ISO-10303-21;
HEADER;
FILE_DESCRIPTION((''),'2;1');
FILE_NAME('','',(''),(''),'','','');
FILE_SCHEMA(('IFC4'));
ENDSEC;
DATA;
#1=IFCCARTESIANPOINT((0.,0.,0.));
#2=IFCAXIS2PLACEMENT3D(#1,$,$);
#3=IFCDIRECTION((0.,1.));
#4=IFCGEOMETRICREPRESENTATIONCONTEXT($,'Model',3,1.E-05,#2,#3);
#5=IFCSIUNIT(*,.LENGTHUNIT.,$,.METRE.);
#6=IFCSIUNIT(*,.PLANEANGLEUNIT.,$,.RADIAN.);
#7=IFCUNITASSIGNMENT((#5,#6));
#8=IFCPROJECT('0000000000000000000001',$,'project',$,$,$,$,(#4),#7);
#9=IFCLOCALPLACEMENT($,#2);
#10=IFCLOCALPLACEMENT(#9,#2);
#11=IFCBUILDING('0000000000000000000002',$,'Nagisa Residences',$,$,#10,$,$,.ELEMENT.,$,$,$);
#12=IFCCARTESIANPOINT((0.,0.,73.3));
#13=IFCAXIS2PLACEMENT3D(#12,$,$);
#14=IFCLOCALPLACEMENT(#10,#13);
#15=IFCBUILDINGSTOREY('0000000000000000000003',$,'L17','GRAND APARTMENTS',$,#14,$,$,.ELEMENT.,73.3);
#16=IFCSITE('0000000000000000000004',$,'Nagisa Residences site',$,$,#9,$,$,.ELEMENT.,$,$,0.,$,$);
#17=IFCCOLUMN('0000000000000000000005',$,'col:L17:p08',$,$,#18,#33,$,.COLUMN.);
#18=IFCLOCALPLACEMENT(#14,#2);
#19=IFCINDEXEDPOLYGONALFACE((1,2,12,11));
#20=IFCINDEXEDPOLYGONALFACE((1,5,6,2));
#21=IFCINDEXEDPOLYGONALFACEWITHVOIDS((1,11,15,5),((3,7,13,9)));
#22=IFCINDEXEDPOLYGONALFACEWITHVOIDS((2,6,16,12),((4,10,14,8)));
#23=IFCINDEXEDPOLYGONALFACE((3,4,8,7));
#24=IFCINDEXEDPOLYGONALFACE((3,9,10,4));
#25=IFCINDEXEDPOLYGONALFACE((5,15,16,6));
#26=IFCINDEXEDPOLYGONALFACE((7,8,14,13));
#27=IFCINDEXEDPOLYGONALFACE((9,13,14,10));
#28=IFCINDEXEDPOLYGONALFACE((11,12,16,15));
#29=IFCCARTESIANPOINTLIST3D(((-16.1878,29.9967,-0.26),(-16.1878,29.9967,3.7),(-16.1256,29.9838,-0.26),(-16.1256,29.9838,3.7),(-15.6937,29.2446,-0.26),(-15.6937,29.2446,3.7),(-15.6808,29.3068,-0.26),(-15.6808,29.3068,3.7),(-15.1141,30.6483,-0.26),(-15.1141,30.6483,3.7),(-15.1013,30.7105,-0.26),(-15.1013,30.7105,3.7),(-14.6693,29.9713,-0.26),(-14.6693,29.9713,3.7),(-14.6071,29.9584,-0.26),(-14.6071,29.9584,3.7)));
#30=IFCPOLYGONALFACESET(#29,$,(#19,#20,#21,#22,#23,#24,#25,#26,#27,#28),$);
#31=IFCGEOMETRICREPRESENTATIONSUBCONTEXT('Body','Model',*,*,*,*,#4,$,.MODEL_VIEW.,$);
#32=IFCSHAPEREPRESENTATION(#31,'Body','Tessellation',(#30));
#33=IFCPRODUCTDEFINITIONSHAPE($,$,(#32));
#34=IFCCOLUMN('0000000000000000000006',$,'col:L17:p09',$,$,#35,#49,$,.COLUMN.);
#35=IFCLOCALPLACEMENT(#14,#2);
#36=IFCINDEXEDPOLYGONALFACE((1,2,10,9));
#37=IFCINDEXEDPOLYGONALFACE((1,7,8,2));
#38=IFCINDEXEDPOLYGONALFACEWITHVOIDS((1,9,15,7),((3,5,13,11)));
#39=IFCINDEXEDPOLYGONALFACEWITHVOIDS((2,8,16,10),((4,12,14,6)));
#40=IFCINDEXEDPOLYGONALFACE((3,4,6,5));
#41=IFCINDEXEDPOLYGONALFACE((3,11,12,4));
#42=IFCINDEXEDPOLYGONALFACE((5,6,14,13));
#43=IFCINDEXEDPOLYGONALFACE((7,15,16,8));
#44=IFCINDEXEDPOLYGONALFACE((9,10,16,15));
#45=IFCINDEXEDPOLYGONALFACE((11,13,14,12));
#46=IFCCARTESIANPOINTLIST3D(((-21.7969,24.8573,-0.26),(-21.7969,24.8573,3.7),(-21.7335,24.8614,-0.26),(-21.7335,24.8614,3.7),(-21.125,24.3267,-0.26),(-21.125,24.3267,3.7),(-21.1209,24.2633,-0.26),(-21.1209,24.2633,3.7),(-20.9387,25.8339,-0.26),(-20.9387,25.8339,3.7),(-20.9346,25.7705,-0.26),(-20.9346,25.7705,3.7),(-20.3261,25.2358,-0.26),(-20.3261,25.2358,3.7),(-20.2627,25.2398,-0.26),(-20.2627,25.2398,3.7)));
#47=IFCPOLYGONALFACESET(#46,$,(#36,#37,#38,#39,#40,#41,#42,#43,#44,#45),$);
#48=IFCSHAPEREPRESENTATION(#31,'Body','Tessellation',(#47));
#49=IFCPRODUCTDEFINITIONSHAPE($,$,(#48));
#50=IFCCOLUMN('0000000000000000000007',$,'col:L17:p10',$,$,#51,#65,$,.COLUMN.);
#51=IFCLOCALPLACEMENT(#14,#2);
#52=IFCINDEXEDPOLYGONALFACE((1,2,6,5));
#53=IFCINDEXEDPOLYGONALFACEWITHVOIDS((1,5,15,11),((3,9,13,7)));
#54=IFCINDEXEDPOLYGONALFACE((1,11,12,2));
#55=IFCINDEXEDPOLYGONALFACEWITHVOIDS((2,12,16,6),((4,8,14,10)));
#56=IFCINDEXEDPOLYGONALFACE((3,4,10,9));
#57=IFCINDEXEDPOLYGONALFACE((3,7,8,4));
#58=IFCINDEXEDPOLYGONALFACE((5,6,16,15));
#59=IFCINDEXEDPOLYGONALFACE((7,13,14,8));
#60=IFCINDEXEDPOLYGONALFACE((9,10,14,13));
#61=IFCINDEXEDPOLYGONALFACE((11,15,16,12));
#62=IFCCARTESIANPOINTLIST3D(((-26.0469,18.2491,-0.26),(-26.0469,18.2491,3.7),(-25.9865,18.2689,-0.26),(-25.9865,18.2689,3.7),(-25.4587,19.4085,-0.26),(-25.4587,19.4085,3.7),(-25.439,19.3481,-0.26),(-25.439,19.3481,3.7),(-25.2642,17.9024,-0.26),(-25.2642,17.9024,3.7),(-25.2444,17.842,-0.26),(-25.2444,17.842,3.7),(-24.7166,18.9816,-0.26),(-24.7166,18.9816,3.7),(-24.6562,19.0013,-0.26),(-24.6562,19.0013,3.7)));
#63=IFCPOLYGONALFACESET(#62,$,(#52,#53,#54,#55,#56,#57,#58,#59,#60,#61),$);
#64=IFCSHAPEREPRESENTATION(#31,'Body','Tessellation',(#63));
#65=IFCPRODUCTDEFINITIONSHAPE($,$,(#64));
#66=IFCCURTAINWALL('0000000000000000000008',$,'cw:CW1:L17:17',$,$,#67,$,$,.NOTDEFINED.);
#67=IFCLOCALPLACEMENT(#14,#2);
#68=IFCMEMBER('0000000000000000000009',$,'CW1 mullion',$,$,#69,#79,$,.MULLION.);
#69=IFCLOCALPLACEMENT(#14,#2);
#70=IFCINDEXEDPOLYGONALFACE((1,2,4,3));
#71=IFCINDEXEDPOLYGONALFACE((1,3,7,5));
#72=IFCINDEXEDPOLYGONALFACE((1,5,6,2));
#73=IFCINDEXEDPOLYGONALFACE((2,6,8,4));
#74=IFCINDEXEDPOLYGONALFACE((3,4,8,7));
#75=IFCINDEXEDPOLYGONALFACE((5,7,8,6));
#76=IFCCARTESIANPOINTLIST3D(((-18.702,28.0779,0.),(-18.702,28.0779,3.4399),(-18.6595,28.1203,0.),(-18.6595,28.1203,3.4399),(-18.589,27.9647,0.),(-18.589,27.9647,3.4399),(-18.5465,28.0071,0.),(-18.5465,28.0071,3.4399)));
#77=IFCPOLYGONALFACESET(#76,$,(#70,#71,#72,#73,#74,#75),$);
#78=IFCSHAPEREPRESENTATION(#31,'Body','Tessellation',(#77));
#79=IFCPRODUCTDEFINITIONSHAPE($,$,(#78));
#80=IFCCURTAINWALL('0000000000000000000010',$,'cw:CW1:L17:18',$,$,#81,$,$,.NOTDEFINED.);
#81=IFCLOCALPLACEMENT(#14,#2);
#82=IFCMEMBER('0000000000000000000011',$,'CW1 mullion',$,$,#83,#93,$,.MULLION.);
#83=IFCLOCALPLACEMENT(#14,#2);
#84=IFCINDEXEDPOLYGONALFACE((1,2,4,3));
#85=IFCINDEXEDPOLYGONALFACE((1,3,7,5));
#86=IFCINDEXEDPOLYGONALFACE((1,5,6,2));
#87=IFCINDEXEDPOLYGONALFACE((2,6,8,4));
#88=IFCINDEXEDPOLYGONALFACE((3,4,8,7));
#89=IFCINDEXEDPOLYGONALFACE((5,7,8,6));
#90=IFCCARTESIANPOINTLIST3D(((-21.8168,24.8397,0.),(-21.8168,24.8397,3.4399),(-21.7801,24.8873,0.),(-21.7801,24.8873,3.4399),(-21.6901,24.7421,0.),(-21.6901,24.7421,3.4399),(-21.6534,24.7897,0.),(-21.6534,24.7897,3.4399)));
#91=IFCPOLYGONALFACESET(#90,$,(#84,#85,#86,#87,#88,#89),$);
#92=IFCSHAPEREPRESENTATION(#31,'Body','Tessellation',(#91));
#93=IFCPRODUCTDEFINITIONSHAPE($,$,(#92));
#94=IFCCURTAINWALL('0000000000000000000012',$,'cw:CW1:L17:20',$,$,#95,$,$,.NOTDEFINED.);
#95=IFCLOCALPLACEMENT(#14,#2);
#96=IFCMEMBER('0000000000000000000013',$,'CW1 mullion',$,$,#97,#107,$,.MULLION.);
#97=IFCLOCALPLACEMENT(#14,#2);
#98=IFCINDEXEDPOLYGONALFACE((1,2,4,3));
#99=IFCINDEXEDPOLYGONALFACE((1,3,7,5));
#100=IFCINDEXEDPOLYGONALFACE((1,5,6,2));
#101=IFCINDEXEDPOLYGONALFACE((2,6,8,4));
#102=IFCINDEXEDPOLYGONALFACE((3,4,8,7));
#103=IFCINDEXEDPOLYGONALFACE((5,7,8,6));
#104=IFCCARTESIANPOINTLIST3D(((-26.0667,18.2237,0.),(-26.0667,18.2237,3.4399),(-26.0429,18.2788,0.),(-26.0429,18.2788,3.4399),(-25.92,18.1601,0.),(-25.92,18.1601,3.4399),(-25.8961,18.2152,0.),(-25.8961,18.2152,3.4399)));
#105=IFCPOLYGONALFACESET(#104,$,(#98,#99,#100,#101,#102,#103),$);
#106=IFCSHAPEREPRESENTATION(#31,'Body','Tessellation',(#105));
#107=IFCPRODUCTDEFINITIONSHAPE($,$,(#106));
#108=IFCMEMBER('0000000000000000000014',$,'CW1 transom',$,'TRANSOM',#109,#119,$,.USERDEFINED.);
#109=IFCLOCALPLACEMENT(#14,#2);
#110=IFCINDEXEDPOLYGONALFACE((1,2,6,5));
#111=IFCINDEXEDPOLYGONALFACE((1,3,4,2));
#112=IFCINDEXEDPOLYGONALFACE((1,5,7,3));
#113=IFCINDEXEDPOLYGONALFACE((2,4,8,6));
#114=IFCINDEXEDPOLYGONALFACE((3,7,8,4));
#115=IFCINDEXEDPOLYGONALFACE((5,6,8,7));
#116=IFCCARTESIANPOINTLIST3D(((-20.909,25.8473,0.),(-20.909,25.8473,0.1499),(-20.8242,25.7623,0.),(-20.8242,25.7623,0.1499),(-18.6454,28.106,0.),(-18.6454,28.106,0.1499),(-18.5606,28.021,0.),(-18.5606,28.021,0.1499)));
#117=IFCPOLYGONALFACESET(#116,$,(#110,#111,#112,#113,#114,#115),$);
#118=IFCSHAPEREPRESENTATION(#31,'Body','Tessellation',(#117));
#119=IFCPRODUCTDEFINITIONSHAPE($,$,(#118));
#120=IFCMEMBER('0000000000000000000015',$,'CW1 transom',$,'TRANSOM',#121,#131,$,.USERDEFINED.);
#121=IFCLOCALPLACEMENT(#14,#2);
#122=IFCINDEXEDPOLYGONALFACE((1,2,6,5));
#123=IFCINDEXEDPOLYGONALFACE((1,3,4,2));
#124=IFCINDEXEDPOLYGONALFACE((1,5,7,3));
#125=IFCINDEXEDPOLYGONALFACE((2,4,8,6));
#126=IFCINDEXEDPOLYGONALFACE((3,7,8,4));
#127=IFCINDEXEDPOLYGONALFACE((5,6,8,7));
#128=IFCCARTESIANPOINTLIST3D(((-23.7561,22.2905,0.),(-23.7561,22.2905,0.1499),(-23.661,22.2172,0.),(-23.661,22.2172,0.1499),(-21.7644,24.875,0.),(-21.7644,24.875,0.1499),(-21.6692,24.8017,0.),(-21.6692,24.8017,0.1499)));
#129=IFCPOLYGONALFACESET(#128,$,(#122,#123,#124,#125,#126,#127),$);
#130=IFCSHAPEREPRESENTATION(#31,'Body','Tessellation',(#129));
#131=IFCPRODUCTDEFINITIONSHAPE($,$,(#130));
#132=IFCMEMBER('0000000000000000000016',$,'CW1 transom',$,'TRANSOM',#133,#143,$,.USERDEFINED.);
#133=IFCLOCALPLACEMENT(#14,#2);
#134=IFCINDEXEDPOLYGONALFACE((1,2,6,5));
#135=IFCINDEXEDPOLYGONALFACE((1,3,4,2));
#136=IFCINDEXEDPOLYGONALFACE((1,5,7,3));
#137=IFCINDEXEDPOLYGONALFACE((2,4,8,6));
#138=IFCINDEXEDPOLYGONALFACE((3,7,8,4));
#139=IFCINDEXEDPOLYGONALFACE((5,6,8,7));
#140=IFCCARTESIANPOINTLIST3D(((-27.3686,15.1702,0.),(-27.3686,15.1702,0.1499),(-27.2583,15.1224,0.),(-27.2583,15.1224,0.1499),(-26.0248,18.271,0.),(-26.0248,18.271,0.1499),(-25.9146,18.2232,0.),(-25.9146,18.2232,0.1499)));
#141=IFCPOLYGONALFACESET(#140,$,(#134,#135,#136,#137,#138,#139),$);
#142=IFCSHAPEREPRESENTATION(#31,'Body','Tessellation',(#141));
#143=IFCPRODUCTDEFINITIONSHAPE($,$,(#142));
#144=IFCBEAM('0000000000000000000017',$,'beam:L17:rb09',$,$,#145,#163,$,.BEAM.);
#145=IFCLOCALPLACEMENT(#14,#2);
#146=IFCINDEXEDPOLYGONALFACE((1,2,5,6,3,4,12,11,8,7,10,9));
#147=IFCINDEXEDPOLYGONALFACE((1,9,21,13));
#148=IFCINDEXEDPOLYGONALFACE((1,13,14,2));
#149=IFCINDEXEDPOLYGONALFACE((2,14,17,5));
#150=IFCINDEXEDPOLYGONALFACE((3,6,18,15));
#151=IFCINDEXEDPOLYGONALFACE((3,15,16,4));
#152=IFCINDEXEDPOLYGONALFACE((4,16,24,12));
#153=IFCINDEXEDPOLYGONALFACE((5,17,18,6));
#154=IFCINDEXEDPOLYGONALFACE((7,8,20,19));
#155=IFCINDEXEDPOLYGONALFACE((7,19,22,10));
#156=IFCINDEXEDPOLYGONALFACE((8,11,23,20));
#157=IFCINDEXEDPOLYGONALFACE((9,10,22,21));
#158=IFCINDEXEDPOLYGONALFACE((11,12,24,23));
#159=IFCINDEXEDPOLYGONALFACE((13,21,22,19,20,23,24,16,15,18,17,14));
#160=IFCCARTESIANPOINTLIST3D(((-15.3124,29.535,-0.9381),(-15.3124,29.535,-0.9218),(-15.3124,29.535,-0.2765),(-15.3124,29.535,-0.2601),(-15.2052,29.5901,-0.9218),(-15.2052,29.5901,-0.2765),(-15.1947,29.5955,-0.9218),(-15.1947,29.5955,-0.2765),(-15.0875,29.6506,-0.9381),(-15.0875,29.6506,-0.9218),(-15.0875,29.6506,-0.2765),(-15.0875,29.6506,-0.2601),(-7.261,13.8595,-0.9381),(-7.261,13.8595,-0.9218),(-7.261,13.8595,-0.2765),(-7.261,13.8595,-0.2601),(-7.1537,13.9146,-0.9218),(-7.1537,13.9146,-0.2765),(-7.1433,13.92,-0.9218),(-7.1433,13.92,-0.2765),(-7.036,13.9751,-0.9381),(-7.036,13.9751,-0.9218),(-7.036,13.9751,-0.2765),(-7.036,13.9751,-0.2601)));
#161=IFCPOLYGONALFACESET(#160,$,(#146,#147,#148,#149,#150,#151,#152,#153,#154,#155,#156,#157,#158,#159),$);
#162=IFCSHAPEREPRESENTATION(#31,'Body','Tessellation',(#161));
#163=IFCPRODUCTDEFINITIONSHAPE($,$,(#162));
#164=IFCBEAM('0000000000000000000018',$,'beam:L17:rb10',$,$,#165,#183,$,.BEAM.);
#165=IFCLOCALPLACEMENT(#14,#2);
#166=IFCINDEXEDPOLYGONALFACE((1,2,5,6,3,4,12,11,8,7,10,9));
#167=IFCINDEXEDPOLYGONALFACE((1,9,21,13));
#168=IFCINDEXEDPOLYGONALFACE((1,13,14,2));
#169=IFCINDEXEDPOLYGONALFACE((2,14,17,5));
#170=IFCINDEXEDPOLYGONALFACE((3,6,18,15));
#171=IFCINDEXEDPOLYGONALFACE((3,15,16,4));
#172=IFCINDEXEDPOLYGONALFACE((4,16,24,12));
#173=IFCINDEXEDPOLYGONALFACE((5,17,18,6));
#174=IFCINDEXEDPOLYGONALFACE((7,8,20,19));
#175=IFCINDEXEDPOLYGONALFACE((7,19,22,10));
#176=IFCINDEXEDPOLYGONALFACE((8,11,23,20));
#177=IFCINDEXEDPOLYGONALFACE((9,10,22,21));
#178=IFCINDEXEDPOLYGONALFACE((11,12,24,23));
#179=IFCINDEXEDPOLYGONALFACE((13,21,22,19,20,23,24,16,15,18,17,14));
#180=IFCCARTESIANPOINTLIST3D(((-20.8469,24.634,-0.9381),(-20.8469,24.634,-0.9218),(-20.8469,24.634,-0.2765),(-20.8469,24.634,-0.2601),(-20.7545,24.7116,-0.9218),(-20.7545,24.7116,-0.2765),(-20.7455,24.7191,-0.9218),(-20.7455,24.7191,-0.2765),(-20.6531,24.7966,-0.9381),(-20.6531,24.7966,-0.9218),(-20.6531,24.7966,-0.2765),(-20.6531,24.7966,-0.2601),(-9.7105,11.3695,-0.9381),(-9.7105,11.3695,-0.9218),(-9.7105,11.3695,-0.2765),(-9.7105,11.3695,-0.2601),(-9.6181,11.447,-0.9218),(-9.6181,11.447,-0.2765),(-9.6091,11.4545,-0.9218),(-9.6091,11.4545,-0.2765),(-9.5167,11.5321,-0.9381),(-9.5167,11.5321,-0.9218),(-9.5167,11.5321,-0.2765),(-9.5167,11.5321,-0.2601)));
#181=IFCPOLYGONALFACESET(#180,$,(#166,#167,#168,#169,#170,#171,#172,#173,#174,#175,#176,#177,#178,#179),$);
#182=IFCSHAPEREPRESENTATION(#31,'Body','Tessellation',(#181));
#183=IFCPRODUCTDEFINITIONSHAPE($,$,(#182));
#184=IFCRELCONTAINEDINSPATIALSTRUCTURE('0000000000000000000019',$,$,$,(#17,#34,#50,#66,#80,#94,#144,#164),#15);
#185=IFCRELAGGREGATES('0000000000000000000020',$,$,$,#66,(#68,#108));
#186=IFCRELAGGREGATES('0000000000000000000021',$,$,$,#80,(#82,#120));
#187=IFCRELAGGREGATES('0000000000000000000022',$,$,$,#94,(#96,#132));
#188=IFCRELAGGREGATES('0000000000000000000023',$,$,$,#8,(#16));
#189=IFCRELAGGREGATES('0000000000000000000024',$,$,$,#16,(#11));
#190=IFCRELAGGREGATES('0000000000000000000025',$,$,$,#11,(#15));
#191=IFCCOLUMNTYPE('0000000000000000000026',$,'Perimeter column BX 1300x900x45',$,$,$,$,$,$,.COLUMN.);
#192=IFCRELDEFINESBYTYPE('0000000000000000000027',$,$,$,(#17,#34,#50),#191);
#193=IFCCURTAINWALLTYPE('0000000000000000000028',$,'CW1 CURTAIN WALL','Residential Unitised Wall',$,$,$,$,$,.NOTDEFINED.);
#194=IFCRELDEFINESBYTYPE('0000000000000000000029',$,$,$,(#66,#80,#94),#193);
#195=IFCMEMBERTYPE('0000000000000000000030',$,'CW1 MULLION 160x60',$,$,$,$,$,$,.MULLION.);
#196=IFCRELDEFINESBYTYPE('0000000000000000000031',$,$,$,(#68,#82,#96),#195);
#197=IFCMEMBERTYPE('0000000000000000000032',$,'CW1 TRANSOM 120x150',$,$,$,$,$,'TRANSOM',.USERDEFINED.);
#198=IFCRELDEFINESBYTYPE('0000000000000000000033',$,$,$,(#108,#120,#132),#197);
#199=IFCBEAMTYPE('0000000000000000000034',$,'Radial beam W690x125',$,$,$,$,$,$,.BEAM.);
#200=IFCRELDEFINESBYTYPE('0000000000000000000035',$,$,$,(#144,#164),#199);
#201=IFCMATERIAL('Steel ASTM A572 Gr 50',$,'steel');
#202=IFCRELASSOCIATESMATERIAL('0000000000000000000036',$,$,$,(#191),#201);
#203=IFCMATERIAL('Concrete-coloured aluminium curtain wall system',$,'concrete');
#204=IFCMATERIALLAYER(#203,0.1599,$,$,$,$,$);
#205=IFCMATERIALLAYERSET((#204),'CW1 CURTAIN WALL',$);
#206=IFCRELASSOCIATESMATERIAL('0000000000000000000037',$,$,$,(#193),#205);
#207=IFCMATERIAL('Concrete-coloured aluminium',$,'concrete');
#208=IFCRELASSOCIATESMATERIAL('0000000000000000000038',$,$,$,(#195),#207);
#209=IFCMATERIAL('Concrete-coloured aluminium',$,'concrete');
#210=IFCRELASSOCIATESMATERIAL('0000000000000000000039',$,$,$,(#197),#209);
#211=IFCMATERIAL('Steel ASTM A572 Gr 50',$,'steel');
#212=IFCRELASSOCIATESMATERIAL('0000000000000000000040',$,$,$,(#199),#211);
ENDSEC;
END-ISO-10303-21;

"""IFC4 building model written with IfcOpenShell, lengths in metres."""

from ifc_helpers import new_model, si_unit, direction, frame, origin, origin_2d, place, context, subcontext, project, spatial, rectangle, hollow_rectangle, i_section, extrude, material, layer, layer_set, material_profile, profile_set, type_object, element, aggregate, save


model = new_model("IFC4")

# Units and contexts
model_context = context("Model", 3, precision=1e-05, world=origin(), true_north=direction((0.0, 1.0)))
body_context = subcontext(model_context, "Body", "Model", "MODEL_VIEW")
ifc_project = project(units=[si_unit("LENGTHUNIT", "METRE"), si_unit("PLANEANGLEUNIT", "RADIAN")], contexts=[model_context])

# Site, building, storey
site_placement = place(None, origin())
site = spatial("IfcSite", under=ifc_project, at=site_placement, Name="Nagisa Residences site", CompositionType="ELEMENT", RefElevation=0.0)
building_placement = place(site_placement, origin())
building = spatial("IfcBuilding", under=site, at=building_placement, Name="Nagisa Residences", CompositionType="ELEMENT")
storey_placement = place(building_placement, frame((0.0, 0.0, 73.3)))
storey = spatial("IfcBuildingStorey", under=building, at=storey_placement, Name="L17", Description="GRAND APARTMENTS", CompositionType="ELEMENT", Elevation=73.3)

# Columns
ifc_material_1 = material(Name="Steel ASTM A572 Gr 50", Category="steel")
ifc_material_profile_1 = material_profile(ifc_material_1, hollow_rectangle(XDim=1.3, YDim=0.8999, WallThickness=0.0449, at=origin_2d()), Name="BX 1300x900x45")
ifc_profile_set_1 = profile_set([ifc_material_profile_1], Name="Steel ASTM A572 Gr 50")
column_type = type_object("IfcColumnType", Name="Perimeter column BX 1300x900x45", PredefinedType="COLUMN", material=ifc_profile_set_1)
for number, where, z_axis, x_axis, name in (
    (1, (-15.3975, 29.9775, -0.26), (0.0, 0.0, 1.0), (-0.835766, -0.549086, 0.0), "col:L17:p08"),
    (2, (-21.0298, 25.0486, -0.26), (0.0, 0.0, 1.0), (-0.660115, -0.751165, 0.0), "col:L17:p09"),
    (3, (-25.3516, 18.6252, -0.26), (0.0, 0.0, 1.0), (-0.452463, -0.891783, 0.0), "col:L17:p10"),
):
    element("IfcColumn", number, at=place(storey_placement, frame(where, z_axis=z_axis, x_axis=x_axis)), inside=storey, type_object=column_type, Name=name, PredefinedType="COLUMN", context=body_context, shape_type="SweptSolid", body=[
        extrude(hollow_rectangle(XDim=1.3, YDim=0.8999, WallThickness=0.0449, at=origin_2d()), origin(), (0.0, 0.0, 1.0), 3.96),
    ])

# Curtain walls, members
ifc_material_2 = material(Name="Concrete-coloured aluminium curtain wall system", Category="concrete")
ifc_layer_1 = layer(ifc_material_2, 0.1599)
ifc_layer_set_1 = layer_set([ifc_layer_1], Name="CW1 CURTAIN WALL")
curtain_wall_type = type_object("IfcCurtainWallType", Name="CW1 CURTAIN WALL", Description="Residential Unitised Wall", PredefinedType="NOTDEFINED", material=ifc_layer_set_1)
curtain_wall_1_placement = place(storey_placement, origin())
curtain_wall_1 = element("IfcCurtainWall", 4, at=curtain_wall_1_placement, inside=storey, type_object=curtain_wall_type, Name="cw:CW1:L17:17", PredefinedType="NOTDEFINED")
ifc_material_3 = material(Name="Concrete-coloured aluminium", Category="concrete")
ifc_material_profile_2 = material_profile(ifc_material_3, rectangle(XDim=0.1599, YDim=0.0601, at=origin_2d()), Name="CW1 MULLION 160x60")
ifc_profile_set_2 = profile_set([ifc_material_profile_2], Name="Concrete-coloured aluminium")
member_type_1 = type_object("IfcMemberType", Name="CW1 MULLION 160x60", PredefinedType="MULLION", material=ifc_profile_set_2)
member_1_placement = place(storey_placement, frame((-18.6243, 28.0425, 0.0), z_axis=(0.0, 0.0, 1.0), x_axis=(0.706377, -0.707836, 0.0)))
member_1 = element("IfcMember", 5, at=member_1_placement, type_object=member_type_1, Name="CW1 mullion", PredefinedType="MULLION", context=body_context, shape_type="SweptSolid", body=[
    extrude(rectangle(XDim=0.1599, YDim=0.0601, at=origin_2d()), origin(), (0.0, 0.0, 1.0), 3.4399),
])
curtain_wall_2_placement = place(storey_placement, origin())
curtain_wall_2 = element("IfcCurtainWall", 6, at=curtain_wall_2_placement, inside=storey, type_object=curtain_wall_type, Name="cw:CW1:L17:18", PredefinedType="NOTDEFINED")
member_2_placement = place(storey_placement, frame((-21.7351, 24.8147, 0.0), z_axis=(0.0, 0.0, 1.0), x_axis=(0.79207, -0.61043, 0.0)))
member_2 = element("IfcMember", 7, at=member_2_placement, type_object=member_type_1, Name="CW1 mullion", PredefinedType="MULLION", context=body_context, shape_type="SweptSolid", body=[
    extrude(rectangle(XDim=0.1599, YDim=0.0601, at=origin_2d()), origin(), (0.0, 0.0, 1.0), 3.4399),
])
curtain_wall_3_placement = place(storey_placement, origin())
curtain_wall_3 = element("IfcCurtainWall", 8, at=curtain_wall_3_placement, inside=storey, type_object=curtain_wall_type, Name="cw:CW1:L17:20", PredefinedType="NOTDEFINED")
member_3_placement = place(storey_placement, frame((-25.9814, 18.2195, 0.0), z_axis=(0.0, 0.0, 1.0), x_axis=(0.917543, -0.397636, 0.0)))
member_3 = element("IfcMember", 9, at=member_3_placement, type_object=member_type_1, Name="CW1 mullion", PredefinedType="MULLION", context=body_context, shape_type="SweptSolid", body=[
    extrude(rectangle(XDim=0.1599, YDim=0.0601, at=origin_2d()), origin(), (0.0, 0.0, 1.0), 3.4399),
])

# Members
ifc_material_4 = material(Name="Concrete-coloured aluminium", Category="concrete")
ifc_material_profile_3 = material_profile(ifc_material_4, rectangle(XDim=0.1201, YDim=0.1499, at=origin_2d()), Name="CW1 TRANSOM 120x150")
ifc_profile_set_3 = profile_set([ifc_material_profile_3], Name="Concrete-coloured aluminium")
member_type_2 = type_object("IfcMemberType", Name="CW1 TRANSOM 120x150", ElementType="TRANSOM", PredefinedType="USERDEFINED", material=ifc_profile_set_3)
member_4_placement = place(storey_placement, frame((-18.603, 28.0635, 0.075), z_axis=(-0.70787, -0.706343, 0.0), x_axis=(0.706343, -0.70787, 0.0)))
member_4 = element("IfcMember", 10, at=member_4_placement, type_object=member_type_2, Name="CW1 transom", ObjectType="TRANSOM", PredefinedType="USERDEFINED", context=body_context, shape_type="SweptSolid", body=[
    extrude(rectangle(XDim=0.1201, YDim=0.1499, at=origin_2d()), origin(), (0.0, 0.0, 1.0), 3.1978),
])
member_5_placement = place(storey_placement, frame((-21.7168, 24.8384, 0.075), z_axis=(-0.610412, -0.792084, 0.0), x_axis=(0.792084, -0.610412, 0.0)))
member_5 = element("IfcMember", 11, at=member_5_placement, type_object=member_type_2, Name="CW1 transom", ObjectType="TRANSOM", PredefinedType="USERDEFINED", context=body_context, shape_type="SweptSolid", body=[
    extrude(rectangle(XDim=0.1201, YDim=0.1499, at=origin_2d()), origin(), (0.0, 0.0, 1.0), 3.2629),
])
member_6_placement = place(storey_placement, frame((-25.9697, 18.2471, 0.075), z_axis=(-0.397622, -0.917549, 0.0), x_axis=(0.917549, -0.397622, 0.0)))
member_6 = element("IfcMember", 12, at=member_6_placement, type_object=member_type_2, Name="CW1 transom", ObjectType="TRANSOM", PredefinedType="USERDEFINED", context=body_context, shape_type="SweptSolid", body=[
    extrude(rectangle(XDim=0.1201, YDim=0.1499, at=origin_2d()), origin(), (0.0, 0.0, 1.0), 3.3794),
])

# Beams
ifc_material_5 = material(Name="Steel ASTM A572 Gr 50", Category="steel")
ifc_material_profile_4 = material_profile(ifc_material_5, i_section(OverallWidth=0.2529, OverallDepth=0.678, WebThickness=0.0117, FlangeThickness=0.0164, at=origin_2d()), Name="W690x125")
ifc_profile_set_4 = profile_set([ifc_material_profile_4], Name="Steel ASTM A572 Gr 50")
beam_type = type_object("IfcBeamType", Name="Radial beam W690x125", PredefinedType="BEAM", material=ifc_profile_set_4)
beam_1_placement = place(storey_placement, frame((-15.2, 29.5928, -0.5991), z_axis=(0.456891, -0.889523, 0.0), x_axis=(0.889523, 0.456891, 0.0)))
element("IfcBeam", 13, at=beam_1_placement, inside=storey, type_object=beam_type, Name="beam:L17:rb09", PredefinedType="BEAM", context=body_context, shape_type="SweptSolid", body=[
    extrude(i_section(OverallWidth=0.2529, OverallDepth=0.678, WebThickness=0.0117, FlangeThickness=0.0164, at=origin_2d()), origin(), (0.0, 0.0, 1.0), 17.6223),
])
beam_2_placement = place(storey_placement, frame((-20.75, 24.7153, -0.5991), z_axis=(0.642995, -0.765871, 0.0), x_axis=(0.765871, 0.642995, 0.0)))
element("IfcBeam", 14, at=beam_2_placement, inside=storey, type_object=beam_type, Name="beam:L17:rb10", PredefinedType="BEAM", context=body_context, shape_type="SweptSolid", body=[
    extrude(i_section(OverallWidth=0.2529, OverallDepth=0.678, WebThickness=0.0117, FlangeThickness=0.0164, at=origin_2d()), origin(), (0.0, 0.0, 1.0), 17.3196),
])

aggregate(curtain_wall_1, [member_1, member_4])
aggregate(curtain_wall_2, [member_2, member_5])
aggregate(curtain_wall_3, [member_3, member_6])

save(model, "model.ifc")
